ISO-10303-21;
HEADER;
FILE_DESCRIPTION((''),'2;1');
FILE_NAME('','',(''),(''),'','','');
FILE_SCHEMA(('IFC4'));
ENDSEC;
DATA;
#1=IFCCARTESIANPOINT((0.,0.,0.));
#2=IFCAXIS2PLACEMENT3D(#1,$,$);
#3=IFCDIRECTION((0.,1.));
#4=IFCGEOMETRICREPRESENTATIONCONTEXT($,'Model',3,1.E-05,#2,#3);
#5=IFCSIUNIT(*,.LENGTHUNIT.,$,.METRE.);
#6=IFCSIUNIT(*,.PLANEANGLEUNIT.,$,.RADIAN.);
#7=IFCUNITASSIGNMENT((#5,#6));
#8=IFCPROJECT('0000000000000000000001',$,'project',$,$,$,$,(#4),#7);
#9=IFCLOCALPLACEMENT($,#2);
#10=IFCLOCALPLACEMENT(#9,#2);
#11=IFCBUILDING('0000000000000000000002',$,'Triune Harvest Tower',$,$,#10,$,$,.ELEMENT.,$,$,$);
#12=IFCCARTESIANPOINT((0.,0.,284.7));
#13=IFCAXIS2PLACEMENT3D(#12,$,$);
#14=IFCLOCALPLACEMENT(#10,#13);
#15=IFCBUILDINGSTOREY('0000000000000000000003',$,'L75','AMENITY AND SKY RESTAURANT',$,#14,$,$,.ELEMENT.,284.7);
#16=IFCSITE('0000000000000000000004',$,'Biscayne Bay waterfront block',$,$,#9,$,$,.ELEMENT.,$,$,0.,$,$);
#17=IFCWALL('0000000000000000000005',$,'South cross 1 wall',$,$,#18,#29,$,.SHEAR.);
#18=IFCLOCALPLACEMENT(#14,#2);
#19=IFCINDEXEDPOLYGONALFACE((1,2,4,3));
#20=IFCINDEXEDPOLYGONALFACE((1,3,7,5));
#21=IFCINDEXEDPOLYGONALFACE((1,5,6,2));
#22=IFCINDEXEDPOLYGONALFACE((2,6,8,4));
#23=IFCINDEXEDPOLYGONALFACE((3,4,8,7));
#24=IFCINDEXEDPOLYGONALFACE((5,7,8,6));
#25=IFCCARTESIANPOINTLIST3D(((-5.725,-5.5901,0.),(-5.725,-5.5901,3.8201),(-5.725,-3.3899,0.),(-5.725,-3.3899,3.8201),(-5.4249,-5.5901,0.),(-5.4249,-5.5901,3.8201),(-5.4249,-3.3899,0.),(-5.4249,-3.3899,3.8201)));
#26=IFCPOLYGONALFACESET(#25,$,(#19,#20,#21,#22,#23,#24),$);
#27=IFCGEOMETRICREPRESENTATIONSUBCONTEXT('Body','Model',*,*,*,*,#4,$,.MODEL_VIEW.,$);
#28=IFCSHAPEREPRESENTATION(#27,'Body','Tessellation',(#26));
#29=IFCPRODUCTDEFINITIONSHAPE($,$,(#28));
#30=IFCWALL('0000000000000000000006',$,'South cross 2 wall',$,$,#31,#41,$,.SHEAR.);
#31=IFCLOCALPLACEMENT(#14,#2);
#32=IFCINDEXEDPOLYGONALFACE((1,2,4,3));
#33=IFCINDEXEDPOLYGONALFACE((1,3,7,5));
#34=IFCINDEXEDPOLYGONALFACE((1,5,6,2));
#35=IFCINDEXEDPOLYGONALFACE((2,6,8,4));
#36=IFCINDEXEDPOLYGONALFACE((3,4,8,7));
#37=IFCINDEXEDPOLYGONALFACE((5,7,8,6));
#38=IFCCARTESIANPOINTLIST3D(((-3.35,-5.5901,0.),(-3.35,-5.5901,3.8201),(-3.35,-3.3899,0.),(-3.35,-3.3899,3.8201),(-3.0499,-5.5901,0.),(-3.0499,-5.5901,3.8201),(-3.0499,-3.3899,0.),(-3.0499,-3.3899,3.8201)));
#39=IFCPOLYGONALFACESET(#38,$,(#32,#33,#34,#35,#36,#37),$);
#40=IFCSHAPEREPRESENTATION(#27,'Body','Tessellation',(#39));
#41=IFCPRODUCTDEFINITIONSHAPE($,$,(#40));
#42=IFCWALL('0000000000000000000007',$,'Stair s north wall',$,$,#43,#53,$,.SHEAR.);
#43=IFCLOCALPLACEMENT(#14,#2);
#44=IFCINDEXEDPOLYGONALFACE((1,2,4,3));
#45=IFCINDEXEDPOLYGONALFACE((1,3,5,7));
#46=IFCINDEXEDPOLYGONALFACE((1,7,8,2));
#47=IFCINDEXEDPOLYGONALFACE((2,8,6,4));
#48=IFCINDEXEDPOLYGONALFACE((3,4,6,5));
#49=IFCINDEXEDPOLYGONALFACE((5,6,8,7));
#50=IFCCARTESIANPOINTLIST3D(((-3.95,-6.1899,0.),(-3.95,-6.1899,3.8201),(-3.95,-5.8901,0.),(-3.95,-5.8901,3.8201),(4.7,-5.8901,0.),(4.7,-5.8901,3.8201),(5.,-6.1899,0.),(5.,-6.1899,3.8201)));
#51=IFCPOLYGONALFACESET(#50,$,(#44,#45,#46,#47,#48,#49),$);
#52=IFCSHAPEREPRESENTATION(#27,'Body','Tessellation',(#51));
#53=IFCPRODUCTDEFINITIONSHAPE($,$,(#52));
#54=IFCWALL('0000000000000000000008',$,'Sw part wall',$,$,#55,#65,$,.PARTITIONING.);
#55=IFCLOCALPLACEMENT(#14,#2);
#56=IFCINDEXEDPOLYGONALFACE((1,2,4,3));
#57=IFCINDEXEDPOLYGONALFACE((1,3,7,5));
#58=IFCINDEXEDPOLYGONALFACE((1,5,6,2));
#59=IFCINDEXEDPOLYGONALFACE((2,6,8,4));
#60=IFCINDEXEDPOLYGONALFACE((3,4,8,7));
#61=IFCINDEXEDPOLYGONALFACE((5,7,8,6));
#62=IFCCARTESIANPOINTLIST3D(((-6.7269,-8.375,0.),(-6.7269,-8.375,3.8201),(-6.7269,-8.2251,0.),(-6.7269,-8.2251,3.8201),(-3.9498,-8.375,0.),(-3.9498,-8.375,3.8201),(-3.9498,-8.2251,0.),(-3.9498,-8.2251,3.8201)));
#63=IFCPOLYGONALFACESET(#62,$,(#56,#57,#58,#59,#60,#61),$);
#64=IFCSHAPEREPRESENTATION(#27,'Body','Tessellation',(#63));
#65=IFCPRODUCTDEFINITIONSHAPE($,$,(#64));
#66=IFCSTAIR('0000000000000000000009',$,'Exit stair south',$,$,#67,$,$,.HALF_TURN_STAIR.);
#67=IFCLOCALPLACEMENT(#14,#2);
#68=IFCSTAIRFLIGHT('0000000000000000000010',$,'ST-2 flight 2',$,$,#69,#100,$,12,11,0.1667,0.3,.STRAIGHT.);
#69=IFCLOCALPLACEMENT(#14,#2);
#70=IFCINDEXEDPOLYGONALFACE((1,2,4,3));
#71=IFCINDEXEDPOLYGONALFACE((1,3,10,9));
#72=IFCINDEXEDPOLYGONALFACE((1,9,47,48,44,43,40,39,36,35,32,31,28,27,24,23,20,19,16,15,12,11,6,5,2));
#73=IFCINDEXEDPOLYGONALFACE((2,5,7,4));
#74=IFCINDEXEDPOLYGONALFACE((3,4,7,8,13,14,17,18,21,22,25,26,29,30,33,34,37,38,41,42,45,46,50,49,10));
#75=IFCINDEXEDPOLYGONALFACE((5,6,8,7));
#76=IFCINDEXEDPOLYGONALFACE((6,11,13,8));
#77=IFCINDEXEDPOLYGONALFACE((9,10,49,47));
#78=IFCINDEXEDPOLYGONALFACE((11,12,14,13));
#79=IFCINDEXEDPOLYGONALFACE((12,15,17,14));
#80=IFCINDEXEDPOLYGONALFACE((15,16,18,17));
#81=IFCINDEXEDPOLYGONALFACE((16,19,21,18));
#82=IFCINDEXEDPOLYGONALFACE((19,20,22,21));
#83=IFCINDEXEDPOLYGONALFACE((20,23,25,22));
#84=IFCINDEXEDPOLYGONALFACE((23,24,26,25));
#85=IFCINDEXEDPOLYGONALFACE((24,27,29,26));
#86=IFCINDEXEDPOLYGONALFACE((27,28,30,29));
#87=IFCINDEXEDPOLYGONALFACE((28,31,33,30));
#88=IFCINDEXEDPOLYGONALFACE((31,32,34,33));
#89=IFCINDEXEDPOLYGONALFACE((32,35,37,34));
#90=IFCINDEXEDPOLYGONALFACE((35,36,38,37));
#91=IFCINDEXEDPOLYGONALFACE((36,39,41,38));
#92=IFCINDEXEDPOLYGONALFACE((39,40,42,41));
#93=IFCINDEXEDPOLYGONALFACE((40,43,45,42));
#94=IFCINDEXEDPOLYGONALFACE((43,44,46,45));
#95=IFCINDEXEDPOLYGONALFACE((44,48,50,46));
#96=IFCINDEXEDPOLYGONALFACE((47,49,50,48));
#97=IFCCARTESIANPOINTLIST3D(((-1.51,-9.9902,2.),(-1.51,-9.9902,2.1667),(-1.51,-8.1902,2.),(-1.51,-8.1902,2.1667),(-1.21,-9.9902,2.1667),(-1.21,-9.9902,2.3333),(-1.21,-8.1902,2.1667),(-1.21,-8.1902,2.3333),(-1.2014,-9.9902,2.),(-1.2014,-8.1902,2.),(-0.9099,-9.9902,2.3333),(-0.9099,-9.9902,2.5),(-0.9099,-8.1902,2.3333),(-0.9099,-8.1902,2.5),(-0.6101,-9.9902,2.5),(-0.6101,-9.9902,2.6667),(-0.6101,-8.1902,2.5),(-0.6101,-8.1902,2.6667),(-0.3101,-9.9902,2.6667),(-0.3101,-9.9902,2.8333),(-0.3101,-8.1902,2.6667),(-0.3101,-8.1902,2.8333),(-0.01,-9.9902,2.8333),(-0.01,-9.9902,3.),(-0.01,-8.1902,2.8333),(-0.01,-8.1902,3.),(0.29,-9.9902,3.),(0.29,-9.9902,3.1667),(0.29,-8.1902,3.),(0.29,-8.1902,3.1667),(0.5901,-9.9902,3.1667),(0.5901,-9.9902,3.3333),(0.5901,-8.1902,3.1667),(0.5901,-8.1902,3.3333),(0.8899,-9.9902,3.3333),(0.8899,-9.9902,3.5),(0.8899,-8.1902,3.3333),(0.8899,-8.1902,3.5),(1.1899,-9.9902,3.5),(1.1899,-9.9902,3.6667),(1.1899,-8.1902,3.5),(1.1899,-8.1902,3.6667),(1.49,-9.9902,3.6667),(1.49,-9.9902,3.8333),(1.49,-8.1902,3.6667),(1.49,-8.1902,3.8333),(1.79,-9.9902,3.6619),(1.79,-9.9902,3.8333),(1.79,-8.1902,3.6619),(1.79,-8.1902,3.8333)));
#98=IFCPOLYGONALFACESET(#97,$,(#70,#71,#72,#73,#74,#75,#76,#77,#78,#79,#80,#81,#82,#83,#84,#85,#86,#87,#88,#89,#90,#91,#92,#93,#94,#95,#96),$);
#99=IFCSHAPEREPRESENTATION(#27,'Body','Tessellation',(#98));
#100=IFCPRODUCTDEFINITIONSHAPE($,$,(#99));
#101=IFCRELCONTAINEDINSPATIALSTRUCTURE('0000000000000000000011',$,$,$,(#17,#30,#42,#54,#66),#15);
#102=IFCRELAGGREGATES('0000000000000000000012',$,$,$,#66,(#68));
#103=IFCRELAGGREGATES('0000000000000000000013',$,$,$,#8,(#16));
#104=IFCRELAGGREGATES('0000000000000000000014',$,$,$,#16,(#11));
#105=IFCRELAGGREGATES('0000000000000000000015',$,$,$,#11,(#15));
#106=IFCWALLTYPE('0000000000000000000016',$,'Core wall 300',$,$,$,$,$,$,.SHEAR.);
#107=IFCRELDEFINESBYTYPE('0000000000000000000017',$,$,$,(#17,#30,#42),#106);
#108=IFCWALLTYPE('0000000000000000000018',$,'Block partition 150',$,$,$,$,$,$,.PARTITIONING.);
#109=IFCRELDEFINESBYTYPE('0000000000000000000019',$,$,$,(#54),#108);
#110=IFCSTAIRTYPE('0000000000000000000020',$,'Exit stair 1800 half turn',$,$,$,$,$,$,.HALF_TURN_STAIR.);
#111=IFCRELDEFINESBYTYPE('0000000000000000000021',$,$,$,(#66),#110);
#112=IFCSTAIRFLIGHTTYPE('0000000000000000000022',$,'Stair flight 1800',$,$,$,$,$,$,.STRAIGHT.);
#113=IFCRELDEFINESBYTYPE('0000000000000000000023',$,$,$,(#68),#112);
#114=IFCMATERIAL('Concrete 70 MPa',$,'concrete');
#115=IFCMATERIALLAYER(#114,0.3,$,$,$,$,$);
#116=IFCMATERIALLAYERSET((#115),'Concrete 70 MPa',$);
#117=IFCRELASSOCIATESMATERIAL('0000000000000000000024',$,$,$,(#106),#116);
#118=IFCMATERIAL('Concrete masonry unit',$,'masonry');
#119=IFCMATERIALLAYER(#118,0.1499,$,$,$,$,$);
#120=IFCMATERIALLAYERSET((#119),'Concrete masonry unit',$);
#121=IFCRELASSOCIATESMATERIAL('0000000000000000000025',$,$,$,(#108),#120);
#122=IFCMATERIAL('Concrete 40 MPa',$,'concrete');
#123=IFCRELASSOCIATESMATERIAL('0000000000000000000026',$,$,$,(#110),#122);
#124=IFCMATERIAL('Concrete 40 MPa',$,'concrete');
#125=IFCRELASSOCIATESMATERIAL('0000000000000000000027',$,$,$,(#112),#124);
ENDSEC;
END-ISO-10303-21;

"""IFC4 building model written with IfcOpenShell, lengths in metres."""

from ifc_helpers import new_model, si_unit, direction, frame, frame_2d, origin, place, context, subcontext, project, spatial, polyline, rectangle, outline, extrude, source, transform, mapped, material, layer, layer_set, type_object, element, aggregate, save


model = new_model("IFC4")

# Units and contexts
model_context = context("Model", 3, precision=1e-05, world=origin(), true_north=direction((0.0, 1.0)))
body_context = subcontext(model_context, "Body", "Model", "MODEL_VIEW")
ifc_project = project(units=[si_unit("LENGTHUNIT", "METRE"), si_unit("PLANEANGLEUNIT", "RADIAN")], contexts=[model_context])

# Site, building, storey
site_placement = place(None, origin())
site = spatial("IfcSite", under=ifc_project, at=site_placement, Name="Biscayne Bay waterfront block", CompositionType="ELEMENT", RefElevation=0.0)
building_placement = place(site_placement, origin())
building = spatial("IfcBuilding", under=site, at=building_placement, Name="Triune Harvest Tower", CompositionType="ELEMENT")
storey_placement = place(building_placement, frame((0.0, 0.0, 284.7)))
storey = spatial("IfcBuildingStorey", under=building, at=storey_placement, Name="L75", Description="AMENITY AND SKY RESTAURANT", CompositionType="ELEMENT", Elevation=284.7)

# Shared definitions
ifc_material_1 = material(Name="Concrete 70 MPa", Category="concrete")
ifc_layer_1 = layer(ifc_material_1, 0.3)
ifc_layer_set_1 = layer_set([ifc_layer_1], Name="Concrete 70 MPa")
wall_type_1 = type_object("IfcWallType", Name="Core wall 300", PredefinedType="SHEAR", material=ifc_layer_set_1)

# Walls
shared_shape_1 = source(origin(), body_context, "Body", "SweptSolid", [
    extrude(rectangle(XDim=2.2002, YDim=0.3, at=frame_2d((1.1001, 0.0))), origin(), (0.0, 0.0, 1.0), 3.8201),
])
for number, where, z_axis, x_axis, name in (
    (1, (-5.575, -5.5901, 0.0), (0.0, 0.0, 1.0), (0.0, 1.0, 0.0), "South cross 1 wall"),
    (2, (-3.2, -5.5901, 0.0), (0.0, 0.0, 1.0), (0.0, 1.0, 0.0), "South cross 2 wall"),
):
    element("IfcWall", number, at=place(storey_placement, frame(where, z_axis=z_axis, x_axis=x_axis)), inside=storey, type_object=wall_type_1, Name=name, PredefinedType="SHEAR", context=body_context, shape_type="MappedRepresentation", body=[
        mapped(shared_shape_1, transform((0.0, 0.0, 0.0), scale=1.0)),
    ])
shared_shape_2 = source(origin(), body_context, "Body", "SweptSolid", [
    extrude(outline(polyline([(0.0, -0.1499), (8.95, -0.1499), (8.6499, 0.1499), (0.0, 0.1499), (0.0, -0.1499)])), origin(), (0.0, 0.0, 1.0), 3.8201),
])
wall_1_placement = place(storey_placement, frame((-3.95, -6.04, 0.0), z_axis=(0.0, 0.0, 1.0), x_axis=(1.0, 0.0, 0.0)))
element("IfcWall", 3, at=wall_1_placement, inside=storey, type_object=wall_type_1, Name="Stair s north wall", PredefinedType="SHEAR", context=body_context, shape_type="MappedRepresentation", body=[
    mapped(shared_shape_2, transform((0.0, 0.0, 0.0), scale=1.0)),
])
ifc_material_2 = material(Name="Concrete masonry unit", Category="masonry")
ifc_layer_2 = layer(ifc_material_2, 0.1499)
ifc_layer_set_2 = layer_set([ifc_layer_2], Name="Concrete masonry unit")
wall_type_2 = type_object("IfcWallType", Name="Block partition 150", PredefinedType="PARTITIONING", material=ifc_layer_set_2)
shared_shape_3 = source(origin(), body_context, "Body", "SweptSolid", [
    extrude(rectangle(XDim=2.7771, YDim=0.1499, at=frame_2d((1.3887, 0.0))), origin(), (0.0, 0.0, 1.0), 3.8201),
])
wall_2_placement = place(storey_placement, frame((-6.7271, -8.3, 0.0), z_axis=(0.0, 0.0, 1.0), x_axis=(1.0, 0.0, 0.0)))
element("IfcWall", 4, at=wall_2_placement, inside=storey, type_object=wall_type_2, Name="Sw part wall", PredefinedType="PARTITIONING", context=body_context, shape_type="MappedRepresentation", body=[
    mapped(shared_shape_3, transform((0.0, 0.0, 0.0), scale=1.0)),
])

# Stair, stair flight
ifc_material_3 = material(Name="Concrete 40 MPa", Category="concrete")
stair_type = type_object("IfcStairType", Name="Exit stair 1800 half turn", PredefinedType="HALF_TURN_STAIR", material=ifc_material_3)
stair_placement = place(storey_placement, origin())
stair = element("IfcStair", 5, at=stair_placement, inside=storey, type_object=stair_type, Name="Exit stair south", PredefinedType="HALF_TURN_STAIR")
ifc_material_4 = material(Name="Concrete 40 MPa", Category="concrete")
stair_flight_type = type_object("IfcStairFlightType", Name="Stair flight 1800", PredefinedType="STRAIGHT", material=ifc_material_4)
shared_shape_4 = source(origin(), body_context, "Body", "SweptSolid", [
    extrude(outline(polyline([(0.0, 0.0), (0.0, 0.1667), (0.3, 0.1667), (0.3, 0.3333), (0.6001, 0.3333), (0.6001, 0.5), (0.8999, 0.5), (0.8999, 0.6667), (1.2, 0.6667), (1.2, 0.8333), (1.5, 0.8333), (1.5, 1.0), (1.8, 1.0), (1.8, 1.1667), (2.1001, 1.1667), (2.1001, 1.3333), (2.3999, 1.3333), (2.3999, 1.5), (2.7, 1.5), (2.7, 1.6667), (3.0, 1.6667), (3.0, 1.8333), (3.3, 1.8333), (3.3, 2.0), (3.3, 1.6619), (0.3086, 0.0), (0.0, 0.0)])), frame((0.0, 0.8999, 0.0), z_axis=(0.0, -1.0, 0.0), x_axis=(1.0, 0.0, 0.0)), (0.0, 0.0, 1.0), 1.8),
])
stair_flight_placement = place(storey_placement, frame((-1.51, -9.0901, 2.0), z_axis=(0.0, 0.0, 1.0), x_axis=(1.0, 0.0, 0.0)))
stair_flight = element("IfcStairFlight", 6, at=stair_flight_placement, type_object=stair_flight_type, Name="ST-2 flight 2", NumberOfRisers=12, NumberOfTreads=11, PredefinedType="STRAIGHT", RiserHeight=0.1667, TreadLength=0.3, context=body_context, shape_type="MappedRepresentation", body=[
    mapped(shared_shape_4, transform((0.0, 0.0, 0.0), scale=1.0)),
])
aggregate(stair, [stair_flight])

save(model, "model.ifc")
